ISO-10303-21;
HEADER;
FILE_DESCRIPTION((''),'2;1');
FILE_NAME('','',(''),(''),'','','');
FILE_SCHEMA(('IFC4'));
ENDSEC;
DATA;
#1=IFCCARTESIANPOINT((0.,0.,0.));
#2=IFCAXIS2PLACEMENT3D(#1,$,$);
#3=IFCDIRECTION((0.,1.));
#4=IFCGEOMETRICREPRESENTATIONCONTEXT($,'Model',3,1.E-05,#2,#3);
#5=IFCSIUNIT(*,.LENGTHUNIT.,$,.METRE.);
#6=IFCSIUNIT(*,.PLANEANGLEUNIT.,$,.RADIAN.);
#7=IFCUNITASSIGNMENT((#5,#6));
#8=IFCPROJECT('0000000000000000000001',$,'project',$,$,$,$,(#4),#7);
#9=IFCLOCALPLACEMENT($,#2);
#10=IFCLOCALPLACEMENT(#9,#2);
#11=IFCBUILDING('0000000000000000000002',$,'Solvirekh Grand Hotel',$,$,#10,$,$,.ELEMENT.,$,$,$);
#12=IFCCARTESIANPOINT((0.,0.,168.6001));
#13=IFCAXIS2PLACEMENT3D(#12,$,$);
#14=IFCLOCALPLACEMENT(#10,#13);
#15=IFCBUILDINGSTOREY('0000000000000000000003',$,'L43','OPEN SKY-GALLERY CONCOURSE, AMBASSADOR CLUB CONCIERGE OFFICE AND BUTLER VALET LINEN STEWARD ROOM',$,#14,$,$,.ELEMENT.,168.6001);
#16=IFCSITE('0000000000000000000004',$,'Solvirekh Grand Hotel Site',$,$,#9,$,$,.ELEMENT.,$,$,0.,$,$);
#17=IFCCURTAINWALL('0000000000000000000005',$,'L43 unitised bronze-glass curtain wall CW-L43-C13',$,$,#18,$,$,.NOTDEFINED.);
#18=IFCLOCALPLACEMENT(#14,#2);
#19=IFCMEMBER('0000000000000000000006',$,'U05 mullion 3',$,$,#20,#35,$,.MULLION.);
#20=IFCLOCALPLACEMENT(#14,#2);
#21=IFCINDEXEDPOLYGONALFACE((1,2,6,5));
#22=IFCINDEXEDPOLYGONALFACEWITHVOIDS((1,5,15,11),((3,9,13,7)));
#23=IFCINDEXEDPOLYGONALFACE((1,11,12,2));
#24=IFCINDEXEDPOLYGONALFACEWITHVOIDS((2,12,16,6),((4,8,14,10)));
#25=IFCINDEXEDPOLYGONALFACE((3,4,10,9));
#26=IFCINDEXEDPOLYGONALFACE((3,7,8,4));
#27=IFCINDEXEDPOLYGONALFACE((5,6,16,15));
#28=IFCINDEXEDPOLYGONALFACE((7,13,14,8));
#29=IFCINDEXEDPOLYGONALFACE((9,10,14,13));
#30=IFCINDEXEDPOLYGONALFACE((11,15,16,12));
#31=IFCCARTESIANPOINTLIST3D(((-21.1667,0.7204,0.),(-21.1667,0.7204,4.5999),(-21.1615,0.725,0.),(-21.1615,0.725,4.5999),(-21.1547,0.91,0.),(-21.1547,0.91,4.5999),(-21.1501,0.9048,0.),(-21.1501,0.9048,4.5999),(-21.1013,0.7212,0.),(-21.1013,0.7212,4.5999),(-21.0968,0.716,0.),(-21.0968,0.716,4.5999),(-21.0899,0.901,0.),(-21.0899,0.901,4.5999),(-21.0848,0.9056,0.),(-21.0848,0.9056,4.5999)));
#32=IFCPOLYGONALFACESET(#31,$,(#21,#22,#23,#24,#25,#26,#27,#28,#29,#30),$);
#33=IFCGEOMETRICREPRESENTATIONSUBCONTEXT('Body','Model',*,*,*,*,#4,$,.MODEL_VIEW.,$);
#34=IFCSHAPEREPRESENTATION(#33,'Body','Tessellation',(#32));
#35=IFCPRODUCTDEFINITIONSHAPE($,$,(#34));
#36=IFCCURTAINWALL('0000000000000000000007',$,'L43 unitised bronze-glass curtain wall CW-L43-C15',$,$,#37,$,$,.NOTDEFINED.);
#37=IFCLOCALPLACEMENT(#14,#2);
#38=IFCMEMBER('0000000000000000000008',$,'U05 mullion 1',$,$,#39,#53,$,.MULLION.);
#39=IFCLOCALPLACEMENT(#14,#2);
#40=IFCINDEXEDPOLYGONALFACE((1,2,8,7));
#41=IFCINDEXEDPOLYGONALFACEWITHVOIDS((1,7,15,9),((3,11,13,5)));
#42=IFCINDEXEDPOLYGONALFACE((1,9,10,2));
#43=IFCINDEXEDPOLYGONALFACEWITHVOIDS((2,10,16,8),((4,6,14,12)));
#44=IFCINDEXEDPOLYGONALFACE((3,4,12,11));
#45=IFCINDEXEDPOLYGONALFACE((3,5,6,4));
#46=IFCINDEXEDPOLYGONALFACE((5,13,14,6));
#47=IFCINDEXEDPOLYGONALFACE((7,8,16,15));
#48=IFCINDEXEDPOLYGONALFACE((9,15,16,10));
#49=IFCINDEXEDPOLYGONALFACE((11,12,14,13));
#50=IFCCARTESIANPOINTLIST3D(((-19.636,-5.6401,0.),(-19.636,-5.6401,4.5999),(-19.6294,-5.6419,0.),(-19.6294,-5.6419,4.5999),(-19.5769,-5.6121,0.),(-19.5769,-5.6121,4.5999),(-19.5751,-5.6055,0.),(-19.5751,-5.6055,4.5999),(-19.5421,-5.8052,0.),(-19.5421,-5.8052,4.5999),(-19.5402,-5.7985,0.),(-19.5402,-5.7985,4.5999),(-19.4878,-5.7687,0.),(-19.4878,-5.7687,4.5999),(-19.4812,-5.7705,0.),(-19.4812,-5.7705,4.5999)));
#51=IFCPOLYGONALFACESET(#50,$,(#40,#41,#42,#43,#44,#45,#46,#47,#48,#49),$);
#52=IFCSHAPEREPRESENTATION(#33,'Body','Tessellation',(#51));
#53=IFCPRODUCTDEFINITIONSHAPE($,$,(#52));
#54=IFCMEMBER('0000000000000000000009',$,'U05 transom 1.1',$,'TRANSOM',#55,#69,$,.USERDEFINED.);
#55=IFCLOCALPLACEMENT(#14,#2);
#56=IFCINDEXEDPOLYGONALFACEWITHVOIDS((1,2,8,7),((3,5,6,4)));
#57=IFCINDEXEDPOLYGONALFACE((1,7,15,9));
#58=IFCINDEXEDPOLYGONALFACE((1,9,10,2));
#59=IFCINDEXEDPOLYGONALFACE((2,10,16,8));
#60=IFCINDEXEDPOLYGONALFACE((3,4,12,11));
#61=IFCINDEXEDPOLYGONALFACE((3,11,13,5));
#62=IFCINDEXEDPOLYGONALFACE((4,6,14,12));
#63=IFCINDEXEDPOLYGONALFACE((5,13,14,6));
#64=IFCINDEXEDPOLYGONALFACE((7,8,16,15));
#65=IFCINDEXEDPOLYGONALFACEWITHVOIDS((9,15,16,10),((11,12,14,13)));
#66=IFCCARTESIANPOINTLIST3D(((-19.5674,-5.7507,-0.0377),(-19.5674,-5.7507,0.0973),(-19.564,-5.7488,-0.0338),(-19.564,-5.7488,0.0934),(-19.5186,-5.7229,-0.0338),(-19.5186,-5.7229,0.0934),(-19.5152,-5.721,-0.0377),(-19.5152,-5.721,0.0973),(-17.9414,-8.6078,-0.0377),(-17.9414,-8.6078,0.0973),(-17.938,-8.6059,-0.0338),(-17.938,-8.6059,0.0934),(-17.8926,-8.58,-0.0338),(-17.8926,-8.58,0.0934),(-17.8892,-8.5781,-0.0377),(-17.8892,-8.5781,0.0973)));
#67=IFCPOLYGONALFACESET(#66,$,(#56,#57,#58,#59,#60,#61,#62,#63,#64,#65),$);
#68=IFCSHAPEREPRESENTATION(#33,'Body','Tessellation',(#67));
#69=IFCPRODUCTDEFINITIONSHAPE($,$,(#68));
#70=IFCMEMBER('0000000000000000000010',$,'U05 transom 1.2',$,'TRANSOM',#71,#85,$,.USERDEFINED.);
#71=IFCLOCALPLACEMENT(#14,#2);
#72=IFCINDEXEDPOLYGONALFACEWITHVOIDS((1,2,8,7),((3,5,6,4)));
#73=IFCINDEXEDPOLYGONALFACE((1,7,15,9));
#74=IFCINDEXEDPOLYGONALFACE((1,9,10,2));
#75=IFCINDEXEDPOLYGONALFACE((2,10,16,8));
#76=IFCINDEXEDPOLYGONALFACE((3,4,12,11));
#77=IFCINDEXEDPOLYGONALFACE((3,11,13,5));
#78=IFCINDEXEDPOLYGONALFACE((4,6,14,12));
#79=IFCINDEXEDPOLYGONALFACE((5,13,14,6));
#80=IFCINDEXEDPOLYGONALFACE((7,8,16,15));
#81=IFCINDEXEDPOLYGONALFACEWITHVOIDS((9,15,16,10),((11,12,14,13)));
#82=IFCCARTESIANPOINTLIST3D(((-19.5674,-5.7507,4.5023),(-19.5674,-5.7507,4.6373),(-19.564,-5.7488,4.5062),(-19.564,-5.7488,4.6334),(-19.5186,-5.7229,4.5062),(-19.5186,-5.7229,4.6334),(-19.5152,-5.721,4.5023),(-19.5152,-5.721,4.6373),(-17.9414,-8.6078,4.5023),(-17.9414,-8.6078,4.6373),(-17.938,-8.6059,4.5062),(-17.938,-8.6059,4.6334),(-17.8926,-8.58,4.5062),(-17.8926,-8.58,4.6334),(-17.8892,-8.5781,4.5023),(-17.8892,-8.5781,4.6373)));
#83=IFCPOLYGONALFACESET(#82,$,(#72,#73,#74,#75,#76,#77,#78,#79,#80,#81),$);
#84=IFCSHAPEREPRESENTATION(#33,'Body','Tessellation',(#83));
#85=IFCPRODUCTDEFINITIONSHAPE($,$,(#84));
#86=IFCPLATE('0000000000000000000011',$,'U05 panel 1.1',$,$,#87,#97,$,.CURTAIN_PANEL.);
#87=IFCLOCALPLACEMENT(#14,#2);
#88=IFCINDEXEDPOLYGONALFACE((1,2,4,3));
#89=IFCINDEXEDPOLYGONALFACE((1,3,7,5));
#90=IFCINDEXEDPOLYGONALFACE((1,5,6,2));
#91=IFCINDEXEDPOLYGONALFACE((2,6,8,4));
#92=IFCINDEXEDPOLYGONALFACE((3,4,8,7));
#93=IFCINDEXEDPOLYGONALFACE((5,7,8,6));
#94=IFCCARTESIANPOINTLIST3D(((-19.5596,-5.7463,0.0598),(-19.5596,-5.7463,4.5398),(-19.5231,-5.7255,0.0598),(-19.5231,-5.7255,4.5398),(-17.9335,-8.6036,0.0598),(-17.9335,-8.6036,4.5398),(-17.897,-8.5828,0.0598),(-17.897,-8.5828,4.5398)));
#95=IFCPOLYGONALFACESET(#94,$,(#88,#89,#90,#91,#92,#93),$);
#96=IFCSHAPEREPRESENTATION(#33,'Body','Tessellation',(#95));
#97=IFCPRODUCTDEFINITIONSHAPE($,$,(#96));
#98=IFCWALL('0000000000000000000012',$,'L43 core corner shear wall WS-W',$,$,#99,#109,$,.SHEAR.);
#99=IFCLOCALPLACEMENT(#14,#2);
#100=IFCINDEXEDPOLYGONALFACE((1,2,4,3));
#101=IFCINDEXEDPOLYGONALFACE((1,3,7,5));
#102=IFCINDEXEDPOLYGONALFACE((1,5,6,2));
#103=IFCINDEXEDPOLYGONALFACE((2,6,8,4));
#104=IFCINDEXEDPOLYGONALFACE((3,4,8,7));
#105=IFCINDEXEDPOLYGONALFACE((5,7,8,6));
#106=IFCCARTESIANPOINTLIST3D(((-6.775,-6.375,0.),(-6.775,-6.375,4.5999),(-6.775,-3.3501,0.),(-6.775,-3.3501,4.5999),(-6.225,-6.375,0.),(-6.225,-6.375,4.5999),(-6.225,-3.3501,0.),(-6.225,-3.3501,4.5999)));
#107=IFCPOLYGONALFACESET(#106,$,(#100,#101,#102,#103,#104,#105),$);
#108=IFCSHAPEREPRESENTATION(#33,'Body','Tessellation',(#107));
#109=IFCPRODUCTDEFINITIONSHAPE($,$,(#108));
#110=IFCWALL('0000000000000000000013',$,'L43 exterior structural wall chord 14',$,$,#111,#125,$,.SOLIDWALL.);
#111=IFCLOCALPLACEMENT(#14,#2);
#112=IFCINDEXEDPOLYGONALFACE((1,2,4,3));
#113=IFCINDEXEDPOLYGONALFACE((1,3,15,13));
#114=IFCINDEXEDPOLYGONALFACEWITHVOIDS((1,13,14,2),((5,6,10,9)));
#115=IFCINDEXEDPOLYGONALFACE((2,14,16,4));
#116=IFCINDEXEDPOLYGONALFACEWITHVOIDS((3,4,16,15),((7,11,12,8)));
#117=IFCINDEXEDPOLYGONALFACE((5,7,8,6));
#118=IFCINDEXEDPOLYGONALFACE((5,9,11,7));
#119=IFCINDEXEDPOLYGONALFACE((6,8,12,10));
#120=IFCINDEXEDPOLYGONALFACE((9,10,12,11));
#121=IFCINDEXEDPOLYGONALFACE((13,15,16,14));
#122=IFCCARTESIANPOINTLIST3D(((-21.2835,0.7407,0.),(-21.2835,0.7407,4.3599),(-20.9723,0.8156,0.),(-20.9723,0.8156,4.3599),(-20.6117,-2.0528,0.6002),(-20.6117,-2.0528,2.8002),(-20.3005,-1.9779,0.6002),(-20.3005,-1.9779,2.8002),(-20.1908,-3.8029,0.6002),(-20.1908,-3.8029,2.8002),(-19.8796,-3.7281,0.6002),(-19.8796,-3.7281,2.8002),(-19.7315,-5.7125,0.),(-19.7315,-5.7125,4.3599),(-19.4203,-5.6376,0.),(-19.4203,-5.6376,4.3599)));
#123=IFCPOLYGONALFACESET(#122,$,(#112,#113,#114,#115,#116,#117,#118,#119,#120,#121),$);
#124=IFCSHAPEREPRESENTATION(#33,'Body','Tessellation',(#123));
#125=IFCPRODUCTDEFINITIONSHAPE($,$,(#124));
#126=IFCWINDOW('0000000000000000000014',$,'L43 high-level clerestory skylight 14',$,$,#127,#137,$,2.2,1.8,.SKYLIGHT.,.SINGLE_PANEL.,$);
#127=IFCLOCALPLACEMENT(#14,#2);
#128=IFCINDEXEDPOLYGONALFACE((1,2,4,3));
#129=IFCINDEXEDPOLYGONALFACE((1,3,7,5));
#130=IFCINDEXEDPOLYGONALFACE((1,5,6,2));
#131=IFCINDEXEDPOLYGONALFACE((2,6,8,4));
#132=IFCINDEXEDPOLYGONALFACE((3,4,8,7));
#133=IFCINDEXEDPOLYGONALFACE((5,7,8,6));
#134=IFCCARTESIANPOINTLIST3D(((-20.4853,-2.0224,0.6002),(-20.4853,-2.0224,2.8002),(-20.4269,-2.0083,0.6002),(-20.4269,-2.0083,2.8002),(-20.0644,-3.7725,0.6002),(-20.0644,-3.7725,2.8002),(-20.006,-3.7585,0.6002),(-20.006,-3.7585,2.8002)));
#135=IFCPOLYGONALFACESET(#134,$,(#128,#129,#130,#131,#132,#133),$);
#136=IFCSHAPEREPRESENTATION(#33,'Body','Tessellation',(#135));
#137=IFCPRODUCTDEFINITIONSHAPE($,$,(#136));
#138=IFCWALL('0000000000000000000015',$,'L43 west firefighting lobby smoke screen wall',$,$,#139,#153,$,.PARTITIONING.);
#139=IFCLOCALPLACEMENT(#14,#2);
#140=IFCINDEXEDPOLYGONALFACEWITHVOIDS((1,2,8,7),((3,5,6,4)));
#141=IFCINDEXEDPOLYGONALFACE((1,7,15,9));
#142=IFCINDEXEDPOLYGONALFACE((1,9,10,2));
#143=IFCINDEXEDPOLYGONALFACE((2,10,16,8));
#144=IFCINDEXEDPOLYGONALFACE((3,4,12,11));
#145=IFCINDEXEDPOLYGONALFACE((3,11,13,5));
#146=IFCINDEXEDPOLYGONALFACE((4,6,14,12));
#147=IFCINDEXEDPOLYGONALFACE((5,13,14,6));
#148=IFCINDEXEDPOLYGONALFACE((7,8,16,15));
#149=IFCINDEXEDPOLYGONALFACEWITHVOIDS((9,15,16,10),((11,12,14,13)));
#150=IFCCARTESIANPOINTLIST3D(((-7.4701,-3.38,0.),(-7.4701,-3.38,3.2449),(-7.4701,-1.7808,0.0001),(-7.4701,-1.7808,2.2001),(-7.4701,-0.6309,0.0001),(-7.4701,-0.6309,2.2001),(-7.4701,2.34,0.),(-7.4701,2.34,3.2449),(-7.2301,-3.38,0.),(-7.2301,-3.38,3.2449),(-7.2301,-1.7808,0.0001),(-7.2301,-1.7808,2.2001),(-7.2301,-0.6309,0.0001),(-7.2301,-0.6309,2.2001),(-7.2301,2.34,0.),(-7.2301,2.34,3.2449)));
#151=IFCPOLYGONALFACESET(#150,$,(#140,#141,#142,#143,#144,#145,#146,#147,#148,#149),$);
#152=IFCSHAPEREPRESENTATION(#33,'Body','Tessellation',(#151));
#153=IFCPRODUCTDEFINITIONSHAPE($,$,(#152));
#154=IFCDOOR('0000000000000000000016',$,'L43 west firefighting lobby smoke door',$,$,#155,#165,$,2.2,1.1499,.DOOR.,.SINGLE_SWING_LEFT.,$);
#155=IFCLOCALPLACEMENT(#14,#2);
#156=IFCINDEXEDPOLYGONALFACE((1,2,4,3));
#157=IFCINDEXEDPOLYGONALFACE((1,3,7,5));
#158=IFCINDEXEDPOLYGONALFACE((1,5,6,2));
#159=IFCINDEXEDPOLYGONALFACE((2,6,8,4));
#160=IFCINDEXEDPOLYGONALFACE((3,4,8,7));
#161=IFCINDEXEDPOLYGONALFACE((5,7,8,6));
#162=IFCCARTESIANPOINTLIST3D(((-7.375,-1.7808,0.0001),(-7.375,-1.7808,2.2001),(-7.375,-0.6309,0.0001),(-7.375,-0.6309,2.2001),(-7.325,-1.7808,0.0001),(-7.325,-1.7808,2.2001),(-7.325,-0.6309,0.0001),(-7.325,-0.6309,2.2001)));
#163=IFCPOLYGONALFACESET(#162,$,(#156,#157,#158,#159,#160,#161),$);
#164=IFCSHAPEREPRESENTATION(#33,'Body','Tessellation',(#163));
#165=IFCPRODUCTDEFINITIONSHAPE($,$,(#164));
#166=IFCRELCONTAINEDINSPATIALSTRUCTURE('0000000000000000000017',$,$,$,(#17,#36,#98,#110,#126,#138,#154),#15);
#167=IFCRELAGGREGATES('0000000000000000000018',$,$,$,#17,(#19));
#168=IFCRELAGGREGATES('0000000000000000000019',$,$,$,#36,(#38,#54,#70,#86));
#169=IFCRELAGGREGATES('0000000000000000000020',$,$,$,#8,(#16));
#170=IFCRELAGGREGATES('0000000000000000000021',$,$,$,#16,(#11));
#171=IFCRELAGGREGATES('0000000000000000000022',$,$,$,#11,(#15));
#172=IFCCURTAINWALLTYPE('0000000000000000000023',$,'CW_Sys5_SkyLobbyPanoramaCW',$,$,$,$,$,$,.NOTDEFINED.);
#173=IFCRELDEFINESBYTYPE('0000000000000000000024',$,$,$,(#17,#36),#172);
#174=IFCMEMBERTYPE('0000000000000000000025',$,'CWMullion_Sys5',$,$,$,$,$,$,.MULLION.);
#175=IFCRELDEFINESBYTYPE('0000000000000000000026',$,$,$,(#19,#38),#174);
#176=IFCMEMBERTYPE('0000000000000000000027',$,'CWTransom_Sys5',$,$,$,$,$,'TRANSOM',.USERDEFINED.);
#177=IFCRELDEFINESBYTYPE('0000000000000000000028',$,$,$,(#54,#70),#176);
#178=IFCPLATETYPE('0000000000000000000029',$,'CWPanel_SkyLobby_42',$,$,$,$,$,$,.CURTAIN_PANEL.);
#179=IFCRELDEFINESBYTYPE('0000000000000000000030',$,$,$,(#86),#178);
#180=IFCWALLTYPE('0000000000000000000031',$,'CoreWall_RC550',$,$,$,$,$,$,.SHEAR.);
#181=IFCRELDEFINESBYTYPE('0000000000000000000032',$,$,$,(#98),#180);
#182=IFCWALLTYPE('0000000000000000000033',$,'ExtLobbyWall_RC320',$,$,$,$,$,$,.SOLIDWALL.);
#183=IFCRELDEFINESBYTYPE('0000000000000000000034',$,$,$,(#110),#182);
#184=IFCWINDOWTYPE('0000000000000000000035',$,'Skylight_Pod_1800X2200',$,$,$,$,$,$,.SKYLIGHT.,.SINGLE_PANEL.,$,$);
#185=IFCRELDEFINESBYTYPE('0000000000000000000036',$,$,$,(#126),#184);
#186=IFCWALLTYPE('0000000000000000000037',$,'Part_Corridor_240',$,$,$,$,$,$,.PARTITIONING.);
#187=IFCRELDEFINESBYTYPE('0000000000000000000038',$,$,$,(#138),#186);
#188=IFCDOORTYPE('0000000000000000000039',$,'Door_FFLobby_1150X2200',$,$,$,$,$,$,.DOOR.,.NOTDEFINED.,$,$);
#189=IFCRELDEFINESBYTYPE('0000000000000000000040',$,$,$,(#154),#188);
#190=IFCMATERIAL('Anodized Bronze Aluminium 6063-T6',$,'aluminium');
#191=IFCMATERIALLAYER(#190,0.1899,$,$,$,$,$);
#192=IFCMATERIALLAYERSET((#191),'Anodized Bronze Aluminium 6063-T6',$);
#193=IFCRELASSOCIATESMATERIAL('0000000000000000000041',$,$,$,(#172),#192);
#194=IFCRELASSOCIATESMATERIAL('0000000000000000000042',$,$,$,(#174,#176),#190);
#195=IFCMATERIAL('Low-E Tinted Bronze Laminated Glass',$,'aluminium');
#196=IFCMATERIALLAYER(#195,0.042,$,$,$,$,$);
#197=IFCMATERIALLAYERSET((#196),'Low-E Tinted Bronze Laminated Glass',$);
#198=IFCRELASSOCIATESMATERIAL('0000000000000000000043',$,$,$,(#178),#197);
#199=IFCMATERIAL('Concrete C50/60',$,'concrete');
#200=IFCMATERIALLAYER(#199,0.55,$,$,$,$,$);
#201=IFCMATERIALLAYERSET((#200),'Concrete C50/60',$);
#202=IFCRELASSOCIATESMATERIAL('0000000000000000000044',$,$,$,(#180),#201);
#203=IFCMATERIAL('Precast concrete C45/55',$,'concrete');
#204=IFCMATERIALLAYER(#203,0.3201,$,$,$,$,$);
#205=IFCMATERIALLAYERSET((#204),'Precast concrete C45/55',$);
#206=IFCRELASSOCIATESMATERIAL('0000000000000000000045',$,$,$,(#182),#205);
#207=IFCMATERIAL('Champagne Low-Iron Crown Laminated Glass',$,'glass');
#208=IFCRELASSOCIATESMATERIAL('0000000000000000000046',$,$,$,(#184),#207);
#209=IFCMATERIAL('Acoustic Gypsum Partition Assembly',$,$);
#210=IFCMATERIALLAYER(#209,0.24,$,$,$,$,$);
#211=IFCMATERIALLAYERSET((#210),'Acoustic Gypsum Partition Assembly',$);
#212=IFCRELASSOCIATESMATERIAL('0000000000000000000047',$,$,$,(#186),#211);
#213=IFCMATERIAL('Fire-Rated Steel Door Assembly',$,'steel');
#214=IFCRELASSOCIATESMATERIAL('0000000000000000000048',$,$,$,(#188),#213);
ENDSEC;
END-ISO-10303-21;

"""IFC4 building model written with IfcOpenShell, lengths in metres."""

from ifc_helpers import new_model, si_unit, direction, frame, frame_2d, origin, origin_2d, place, context, subcontext, project, spatial, rectangle, hollow_rectangle, extrude, source, transform, mapped, material, layer, layer_set, material_profile, profile_set, type_object, element, fill, aggregate, save


model = new_model("IFC4")

# Units and contexts
model_context = context("Model", 3, precision=1e-05, world=origin(), true_north=direction((0.0, 1.0)))
body_context = subcontext(model_context, "Body", "Model", "MODEL_VIEW")
ifc_project = project(units=[si_unit("LENGTHUNIT", "METRE"), si_unit("PLANEANGLEUNIT", "RADIAN")], contexts=[model_context])

# Site, building, storey
site_placement = place(None, origin())
site = spatial("IfcSite", under=ifc_project, at=site_placement, Name="Solvirekh Grand Hotel Site", CompositionType="ELEMENT", RefElevation=0.0)
building_placement = place(site_placement, origin())
building = spatial("IfcBuilding", under=site, at=building_placement, Name="Solvirekh Grand Hotel", CompositionType="ELEMENT")
storey_placement = place(building_placement, frame((0.0, 0.0, 168.6001)))
storey = spatial("IfcBuildingStorey", under=building, at=storey_placement, Name="L43", Description="OPEN SKY-GALLERY CONCOURSE, AMBASSADOR CLUB CONCIERGE OFFICE AND BUTLER VALET LINEN STEWARD ROOM", CompositionType="ELEMENT", Elevation=168.6001)

# Shared definitions
ifc_material_1 = material(Name="Concrete C50/60", Category="concrete")

# Curtain wall, member
ifc_material_2 = material(Name="Anodized Bronze Aluminium 6063-T6", Category="aluminium")
ifc_layer_1 = layer(ifc_material_2, 0.1899)
ifc_layer_set_1 = layer_set([ifc_layer_1], Name="Anodized Bronze Aluminium 6063-T6")
curtain_wall_type = type_object("IfcCurtainWallType", Name="CW_Sys5_SkyLobbyPanoramaCW", PredefinedType="NOTDEFINED", material=ifc_layer_set_1)
curtain_wall_1_placement = place(storey_placement, origin())
curtain_wall_1 = element("IfcCurtainWall", 1, at=curtain_wall_1_placement, inside=storey, type_object=curtain_wall_type, Name="L43 unitised bronze-glass curtain wall CW-L43-C13", PredefinedType="NOTDEFINED")
ifc_material_profile_1 = material_profile(ifc_material_2, hollow_rectangle(XDim=0.0701, YDim=0.1899, WallThickness=0.0049, at=origin_2d()), Name="ALU RHS 190X70X5")
ifc_profile_set_1 = profile_set([ifc_material_profile_1], Name="Anodized Bronze Aluminium 6063-T6")
member_type_1 = type_object("IfcMemberType", Name="CWMullion_Sys5", PredefinedType="MULLION", material=ifc_profile_set_1)
shared_shape_1 = source(origin(), body_context, "Body", "SweptSolid", [
    extrude(hollow_rectangle(XDim=0.0701, YDim=0.1899, WallThickness=0.0049, at=origin_2d()), origin(), (0.0, 0.0, 1.0), 4.5999),
])
member_1_placement = place(storey_placement, frame((-21.1257, 0.813, 0.0), z_axis=(0.0, 0.0, 1.0), x_axis=(0.997999, -0.063226, 0.0)))
member_1 = element("IfcMember", 2, at=member_1_placement, type_object=member_type_1, Name="U05 mullion 3", PredefinedType="MULLION", context=body_context, shape_type="MappedRepresentation", body=[
    mapped(shared_shape_1, transform((0.0, 0.0, 0.0), x_axis=(1.0, 0.0, 0.0), y_axis=(0.0, 1.0, 0.0), z_axis=(0.0, 0.0, 1.0), scale=1.0)),
])
aggregate(curtain_wall_1, [member_1])

# Curtain wall, members, plate
curtain_wall_2_placement = place(storey_placement, origin())
curtain_wall_2 = element("IfcCurtainWall", 3, at=curtain_wall_2_placement, inside=storey, type_object=curtain_wall_type, Name="L43 unitised bronze-glass curtain wall CW-L43-C15", PredefinedType="NOTDEFINED")
member_2_placement = place(storey_placement, frame((-19.5586, -5.7053, 0.0), z_axis=(0.0, 0.0, 1.0), x_axis=(0.869112, 0.494614, 0.0)))
member_2 = element("IfcMember", 4, at=member_2_placement, type_object=member_type_1, Name="U05 mullion 1", PredefinedType="MULLION", context=body_context, shape_type="MappedRepresentation", body=[
    mapped(shared_shape_1, transform((0.0, 0.0, 0.0), x_axis=(1.0, 0.0, 0.0), y_axis=(0.0, 1.0, 0.0), z_axis=(0.0, 0.0, 1.0), scale=1.0)),
])
ifc_material_profile_2 = material_profile(ifc_material_2, hollow_rectangle(XDim=0.0601, YDim=0.135, WallThickness=0.0039, at=origin_2d()), Name="ALU RHS 135X60X4")
ifc_profile_set_2 = profile_set([ifc_material_profile_2], Name="Anodized Bronze Aluminium 6063-T6")
member_type_2 = type_object("IfcMemberType", Name="CWTransom_Sys5", ElementType="TRANSOM", PredefinedType="USERDEFINED", material=ifc_profile_set_2)
shared_shape_2 = source(origin(), body_context, "Body", "SweptSolid", [
    extrude(hollow_rectangle(XDim=0.0601, YDim=0.135, WallThickness=0.0039, at=origin_2d()), origin(), (0.0, 0.0, 1.0), 3.2874),
])
member_3_placement = place(storey_placement, frame((-19.5413, -5.7358, 0.0298), z_axis=(0.494603, -0.869119, 0.0), x_axis=(0.869119, 0.494603, 0.0)))
member_3 = element("IfcMember", 5, at=member_3_placement, type_object=member_type_2, Name="U05 transom 1.1", ObjectType="TRANSOM", PredefinedType="USERDEFINED", context=body_context, shape_type="MappedRepresentation", body=[
    mapped(shared_shape_2, transform((0.0, 0.0, 0.0), x_axis=(1.0, 0.0, 0.0), y_axis=(0.0, 1.0, 0.0), z_axis=(0.0, 0.0, 1.0), scale=1.0)),
])
member_4_placement = place(storey_placement, frame((-19.5413, -5.7358, 4.5698), z_axis=(0.494603, -0.869119, 0.0), x_axis=(0.869119, 0.494603, 0.0)))
member_4 = element("IfcMember", 6, at=member_4_placement, type_object=member_type_2, Name="U05 transom 1.2", ObjectType="TRANSOM", PredefinedType="USERDEFINED", context=body_context, shape_type="MappedRepresentation", body=[
    mapped(shared_shape_2, transform((0.0, 0.0, 0.0), x_axis=(1.0, 0.0, 0.0), y_axis=(0.0, 1.0, 0.0), z_axis=(0.0, 0.0, 1.0), scale=1.0)),
])
ifc_material_3 = material(Name="Low-E Tinted Bronze Laminated Glass", Category="aluminium")
ifc_layer_2 = layer(ifc_material_3, 0.042)
ifc_layer_set_2 = layer_set([ifc_layer_2], Name="Low-E Tinted Bronze Laminated Glass")
plate_type = type_object("IfcPlateType", Name="CWPanel_SkyLobby_42", PredefinedType="CURTAIN_PANEL", material=ifc_layer_set_2)
shared_shape_3 = source(origin(), body_context, "Body", "SweptSolid", [
    extrude(rectangle(XDim=3.2876, YDim=0.042, at=origin_2d()), origin(), (0.0, 0.0, 1.0), 4.48),
])
plate_placement = place(storey_placement, frame((-18.7283, -7.1646, 0.0598), z_axis=(0.0, 0.0, 1.0), x_axis=(0.494614, -0.869112, 0.0)))
plate = element("IfcPlate", 7, at=plate_placement, type_object=plate_type, Name="U05 panel 1.1", PredefinedType="CURTAIN_PANEL", context=body_context, shape_type="MappedRepresentation", body=[
    mapped(shared_shape_3, transform((0.0, 0.0, 0.0), x_axis=(1.0, 0.0, 0.0), y_axis=(0.0, 1.0, 0.0), z_axis=(0.0, 0.0, 1.0), scale=1.0)),
])
aggregate(curtain_wall_2, [member_2, member_3, member_4, plate])

# Wall
ifc_layer_3 = layer(ifc_material_1, 0.55)
ifc_layer_set_3 = layer_set([ifc_layer_3], Name="Concrete C50/60")
wall_type_1 = type_object("IfcWallType", Name="CoreWall_RC550", PredefinedType="SHEAR", material=ifc_layer_set_3)
wall_1_placement = place(storey_placement, frame((-6.5, -6.375, 0.0), z_axis=(0.0, 0.0, 1.0), x_axis=(0.0, 1.0, 0.0)))
element("IfcWall", 8, at=wall_1_placement, inside=storey, type_object=wall_type_1, Name="L43 core corner shear wall WS-W", PredefinedType="SHEAR", context=body_context, shape_type="SweptSolid", body=[
    extrude(rectangle(XDim=3.0249, YDim=0.55, at=frame_2d((1.5125, 0.0))), origin(), (0.0, 0.0, 1.0), 4.5999),
])

# Wall, opening, window
ifc_material_4 = material(Name="Precast concrete C45/55", Category="concrete")
ifc_layer_4 = layer(ifc_material_4, 0.3201)
ifc_layer_set_4 = layer_set([ifc_layer_4], Name="Precast concrete C45/55")
wall_type_2 = type_object("IfcWallType", Name="ExtLobbyWall_RC320", PredefinedType="SOLIDWALL", material=ifc_layer_set_4)
wall_2_placement = place(storey_placement, frame((-19.5759, -5.675, 0.0), z_axis=(0.0, 0.0, 1.0), x_axis=(-0.233836, 0.972276, 0.0)))
wall_2 = element("IfcWall", 9, at=wall_2_placement, inside=storey, type_object=wall_type_2, Name="L43 exterior structural wall chord 14", PredefinedType="SOLIDWALL", context=body_context, shape_type="SweptSolid", body=[
    extrude(rectangle(XDim=6.6372, YDim=0.3201, at=frame_2d((3.3186, 0.0))), origin(), (0.0, 0.0, 1.0), 4.3599),
])
opening_1_placement = place(wall_2_placement, frame((1.9641, 0.0, 0.6001)))
opening_1 = element("IfcOpeningElement", 10, at=opening_1_placement, cuts=wall_2, PredefinedType="OPENING", context=body_context, shape_type="SweptSolid", body=[
    extrude(rectangle(XDim=1.8, YDim=2.2, at=frame_2d((0.8999, 1.1001))), frame((0.0, 0.1699, 0.0), z_axis=(0.0, -1.0, 0.0), x_axis=(1.0, 0.0, 0.0)), (0.0, 0.0, 1.0), 0.3401),
])
ifc_material_5 = material(Name="Champagne Low-Iron Crown Laminated Glass", Category="glass")
window_type_1 = type_object("IfcWindowType", Name="Skylight_Pod_1800X2200", PartitioningType="SINGLE_PANEL", PredefinedType="SKYLIGHT", material=ifc_material_5)
window_1_placement = place(opening_1_placement, origin())
window_1 = element("IfcWindow", 11, at=window_1_placement, inside=storey, type_object=window_type_1, Name="L43 high-level clerestory skylight 14", OverallHeight=2.2, OverallWidth=1.8, PartitioningType="SINGLE_PANEL", PredefinedType="SKYLIGHT", context=body_context, shape_type="SweptSolid", body=[
    extrude(rectangle(XDim=1.8, YDim=2.2, at=frame_2d((0.8999, 1.1001))), frame((0.0, 0.03, 0.0), z_axis=(0.0, -1.0, 0.0), x_axis=(1.0, 0.0, 0.0)), (0.0, 0.0, 1.0), 0.0601),
])
fill(opening_1, window_1)

# Wall, opening, door
ifc_material_6 = material(Name="Acoustic Gypsum Partition Assembly")
ifc_layer_5 = layer(ifc_material_6, 0.24)
ifc_layer_set_5 = layer_set([ifc_layer_5], Name="Acoustic Gypsum Partition Assembly")
wall_type_3 = type_object("IfcWallType", Name="Part_Corridor_240", PredefinedType="PARTITIONING", material=ifc_layer_set_5)
wall_3_placement = place(storey_placement, frame((-7.3501, -3.3799, 0.0), z_axis=(0.0, 0.0, 1.0), x_axis=(0.0, 1.0, 0.0)))
wall_3 = element("IfcWall", 12, at=wall_3_placement, inside=storey, type_object=wall_type_3, Name="L43 west firefighting lobby smoke screen wall", PredefinedType="PARTITIONING", context=body_context, shape_type="SweptSolid", body=[
    extrude(rectangle(XDim=5.72, YDim=0.24, at=frame_2d((2.8599, 0.0))), origin(), (0.0, 0.0, 1.0), 3.2449),
])
opening_2_placement = place(wall_3_placement, frame((1.5991, 0.0, 0.0)))
opening_2 = element("IfcOpeningElement", 13, at=opening_2_placement, cuts=wall_3, PredefinedType="OPENING", context=body_context, shape_type="SweptSolid", body=[
    extrude(rectangle(XDim=1.1499, YDim=2.2, at=frame_2d((0.575, 1.1001))), frame((0.0, 0.1299, 0.0), z_axis=(0.0, -1.0, 0.0), x_axis=(1.0, 0.0, 0.0)), (0.0, 0.0, 1.0), 0.26),
])
ifc_material_7 = material(Name="Fire-Rated Steel Door Assembly", Category="steel")
door_type_1 = type_object("IfcDoorType", Name="Door_FFLobby_1150X2200", OperationType="NOTDEFINED", PredefinedType="DOOR", material=ifc_material_7)
door_1_placement = place(opening_2_placement, origin())
door_1 = element("IfcDoor", 14, at=door_1_placement, inside=storey, type_object=door_type_1, Name="L43 west firefighting lobby smoke door", OperationType="SINGLE_SWING_LEFT", OverallHeight=2.2, OverallWidth=1.1499, PredefinedType="DOOR", context=body_context, shape_type="SweptSolid", body=[
    extrude(rectangle(XDim=1.1499, YDim=2.2, at=frame_2d((0.575, 1.1001))), frame((0.0, 0.0249, 0.0), z_axis=(0.0, -1.0, 0.0), x_axis=(1.0, 0.0, 0.0)), (0.0, 0.0, 1.0), 0.05),
])
fill(opening_2, door_1)

save(model, "model.ifc")
